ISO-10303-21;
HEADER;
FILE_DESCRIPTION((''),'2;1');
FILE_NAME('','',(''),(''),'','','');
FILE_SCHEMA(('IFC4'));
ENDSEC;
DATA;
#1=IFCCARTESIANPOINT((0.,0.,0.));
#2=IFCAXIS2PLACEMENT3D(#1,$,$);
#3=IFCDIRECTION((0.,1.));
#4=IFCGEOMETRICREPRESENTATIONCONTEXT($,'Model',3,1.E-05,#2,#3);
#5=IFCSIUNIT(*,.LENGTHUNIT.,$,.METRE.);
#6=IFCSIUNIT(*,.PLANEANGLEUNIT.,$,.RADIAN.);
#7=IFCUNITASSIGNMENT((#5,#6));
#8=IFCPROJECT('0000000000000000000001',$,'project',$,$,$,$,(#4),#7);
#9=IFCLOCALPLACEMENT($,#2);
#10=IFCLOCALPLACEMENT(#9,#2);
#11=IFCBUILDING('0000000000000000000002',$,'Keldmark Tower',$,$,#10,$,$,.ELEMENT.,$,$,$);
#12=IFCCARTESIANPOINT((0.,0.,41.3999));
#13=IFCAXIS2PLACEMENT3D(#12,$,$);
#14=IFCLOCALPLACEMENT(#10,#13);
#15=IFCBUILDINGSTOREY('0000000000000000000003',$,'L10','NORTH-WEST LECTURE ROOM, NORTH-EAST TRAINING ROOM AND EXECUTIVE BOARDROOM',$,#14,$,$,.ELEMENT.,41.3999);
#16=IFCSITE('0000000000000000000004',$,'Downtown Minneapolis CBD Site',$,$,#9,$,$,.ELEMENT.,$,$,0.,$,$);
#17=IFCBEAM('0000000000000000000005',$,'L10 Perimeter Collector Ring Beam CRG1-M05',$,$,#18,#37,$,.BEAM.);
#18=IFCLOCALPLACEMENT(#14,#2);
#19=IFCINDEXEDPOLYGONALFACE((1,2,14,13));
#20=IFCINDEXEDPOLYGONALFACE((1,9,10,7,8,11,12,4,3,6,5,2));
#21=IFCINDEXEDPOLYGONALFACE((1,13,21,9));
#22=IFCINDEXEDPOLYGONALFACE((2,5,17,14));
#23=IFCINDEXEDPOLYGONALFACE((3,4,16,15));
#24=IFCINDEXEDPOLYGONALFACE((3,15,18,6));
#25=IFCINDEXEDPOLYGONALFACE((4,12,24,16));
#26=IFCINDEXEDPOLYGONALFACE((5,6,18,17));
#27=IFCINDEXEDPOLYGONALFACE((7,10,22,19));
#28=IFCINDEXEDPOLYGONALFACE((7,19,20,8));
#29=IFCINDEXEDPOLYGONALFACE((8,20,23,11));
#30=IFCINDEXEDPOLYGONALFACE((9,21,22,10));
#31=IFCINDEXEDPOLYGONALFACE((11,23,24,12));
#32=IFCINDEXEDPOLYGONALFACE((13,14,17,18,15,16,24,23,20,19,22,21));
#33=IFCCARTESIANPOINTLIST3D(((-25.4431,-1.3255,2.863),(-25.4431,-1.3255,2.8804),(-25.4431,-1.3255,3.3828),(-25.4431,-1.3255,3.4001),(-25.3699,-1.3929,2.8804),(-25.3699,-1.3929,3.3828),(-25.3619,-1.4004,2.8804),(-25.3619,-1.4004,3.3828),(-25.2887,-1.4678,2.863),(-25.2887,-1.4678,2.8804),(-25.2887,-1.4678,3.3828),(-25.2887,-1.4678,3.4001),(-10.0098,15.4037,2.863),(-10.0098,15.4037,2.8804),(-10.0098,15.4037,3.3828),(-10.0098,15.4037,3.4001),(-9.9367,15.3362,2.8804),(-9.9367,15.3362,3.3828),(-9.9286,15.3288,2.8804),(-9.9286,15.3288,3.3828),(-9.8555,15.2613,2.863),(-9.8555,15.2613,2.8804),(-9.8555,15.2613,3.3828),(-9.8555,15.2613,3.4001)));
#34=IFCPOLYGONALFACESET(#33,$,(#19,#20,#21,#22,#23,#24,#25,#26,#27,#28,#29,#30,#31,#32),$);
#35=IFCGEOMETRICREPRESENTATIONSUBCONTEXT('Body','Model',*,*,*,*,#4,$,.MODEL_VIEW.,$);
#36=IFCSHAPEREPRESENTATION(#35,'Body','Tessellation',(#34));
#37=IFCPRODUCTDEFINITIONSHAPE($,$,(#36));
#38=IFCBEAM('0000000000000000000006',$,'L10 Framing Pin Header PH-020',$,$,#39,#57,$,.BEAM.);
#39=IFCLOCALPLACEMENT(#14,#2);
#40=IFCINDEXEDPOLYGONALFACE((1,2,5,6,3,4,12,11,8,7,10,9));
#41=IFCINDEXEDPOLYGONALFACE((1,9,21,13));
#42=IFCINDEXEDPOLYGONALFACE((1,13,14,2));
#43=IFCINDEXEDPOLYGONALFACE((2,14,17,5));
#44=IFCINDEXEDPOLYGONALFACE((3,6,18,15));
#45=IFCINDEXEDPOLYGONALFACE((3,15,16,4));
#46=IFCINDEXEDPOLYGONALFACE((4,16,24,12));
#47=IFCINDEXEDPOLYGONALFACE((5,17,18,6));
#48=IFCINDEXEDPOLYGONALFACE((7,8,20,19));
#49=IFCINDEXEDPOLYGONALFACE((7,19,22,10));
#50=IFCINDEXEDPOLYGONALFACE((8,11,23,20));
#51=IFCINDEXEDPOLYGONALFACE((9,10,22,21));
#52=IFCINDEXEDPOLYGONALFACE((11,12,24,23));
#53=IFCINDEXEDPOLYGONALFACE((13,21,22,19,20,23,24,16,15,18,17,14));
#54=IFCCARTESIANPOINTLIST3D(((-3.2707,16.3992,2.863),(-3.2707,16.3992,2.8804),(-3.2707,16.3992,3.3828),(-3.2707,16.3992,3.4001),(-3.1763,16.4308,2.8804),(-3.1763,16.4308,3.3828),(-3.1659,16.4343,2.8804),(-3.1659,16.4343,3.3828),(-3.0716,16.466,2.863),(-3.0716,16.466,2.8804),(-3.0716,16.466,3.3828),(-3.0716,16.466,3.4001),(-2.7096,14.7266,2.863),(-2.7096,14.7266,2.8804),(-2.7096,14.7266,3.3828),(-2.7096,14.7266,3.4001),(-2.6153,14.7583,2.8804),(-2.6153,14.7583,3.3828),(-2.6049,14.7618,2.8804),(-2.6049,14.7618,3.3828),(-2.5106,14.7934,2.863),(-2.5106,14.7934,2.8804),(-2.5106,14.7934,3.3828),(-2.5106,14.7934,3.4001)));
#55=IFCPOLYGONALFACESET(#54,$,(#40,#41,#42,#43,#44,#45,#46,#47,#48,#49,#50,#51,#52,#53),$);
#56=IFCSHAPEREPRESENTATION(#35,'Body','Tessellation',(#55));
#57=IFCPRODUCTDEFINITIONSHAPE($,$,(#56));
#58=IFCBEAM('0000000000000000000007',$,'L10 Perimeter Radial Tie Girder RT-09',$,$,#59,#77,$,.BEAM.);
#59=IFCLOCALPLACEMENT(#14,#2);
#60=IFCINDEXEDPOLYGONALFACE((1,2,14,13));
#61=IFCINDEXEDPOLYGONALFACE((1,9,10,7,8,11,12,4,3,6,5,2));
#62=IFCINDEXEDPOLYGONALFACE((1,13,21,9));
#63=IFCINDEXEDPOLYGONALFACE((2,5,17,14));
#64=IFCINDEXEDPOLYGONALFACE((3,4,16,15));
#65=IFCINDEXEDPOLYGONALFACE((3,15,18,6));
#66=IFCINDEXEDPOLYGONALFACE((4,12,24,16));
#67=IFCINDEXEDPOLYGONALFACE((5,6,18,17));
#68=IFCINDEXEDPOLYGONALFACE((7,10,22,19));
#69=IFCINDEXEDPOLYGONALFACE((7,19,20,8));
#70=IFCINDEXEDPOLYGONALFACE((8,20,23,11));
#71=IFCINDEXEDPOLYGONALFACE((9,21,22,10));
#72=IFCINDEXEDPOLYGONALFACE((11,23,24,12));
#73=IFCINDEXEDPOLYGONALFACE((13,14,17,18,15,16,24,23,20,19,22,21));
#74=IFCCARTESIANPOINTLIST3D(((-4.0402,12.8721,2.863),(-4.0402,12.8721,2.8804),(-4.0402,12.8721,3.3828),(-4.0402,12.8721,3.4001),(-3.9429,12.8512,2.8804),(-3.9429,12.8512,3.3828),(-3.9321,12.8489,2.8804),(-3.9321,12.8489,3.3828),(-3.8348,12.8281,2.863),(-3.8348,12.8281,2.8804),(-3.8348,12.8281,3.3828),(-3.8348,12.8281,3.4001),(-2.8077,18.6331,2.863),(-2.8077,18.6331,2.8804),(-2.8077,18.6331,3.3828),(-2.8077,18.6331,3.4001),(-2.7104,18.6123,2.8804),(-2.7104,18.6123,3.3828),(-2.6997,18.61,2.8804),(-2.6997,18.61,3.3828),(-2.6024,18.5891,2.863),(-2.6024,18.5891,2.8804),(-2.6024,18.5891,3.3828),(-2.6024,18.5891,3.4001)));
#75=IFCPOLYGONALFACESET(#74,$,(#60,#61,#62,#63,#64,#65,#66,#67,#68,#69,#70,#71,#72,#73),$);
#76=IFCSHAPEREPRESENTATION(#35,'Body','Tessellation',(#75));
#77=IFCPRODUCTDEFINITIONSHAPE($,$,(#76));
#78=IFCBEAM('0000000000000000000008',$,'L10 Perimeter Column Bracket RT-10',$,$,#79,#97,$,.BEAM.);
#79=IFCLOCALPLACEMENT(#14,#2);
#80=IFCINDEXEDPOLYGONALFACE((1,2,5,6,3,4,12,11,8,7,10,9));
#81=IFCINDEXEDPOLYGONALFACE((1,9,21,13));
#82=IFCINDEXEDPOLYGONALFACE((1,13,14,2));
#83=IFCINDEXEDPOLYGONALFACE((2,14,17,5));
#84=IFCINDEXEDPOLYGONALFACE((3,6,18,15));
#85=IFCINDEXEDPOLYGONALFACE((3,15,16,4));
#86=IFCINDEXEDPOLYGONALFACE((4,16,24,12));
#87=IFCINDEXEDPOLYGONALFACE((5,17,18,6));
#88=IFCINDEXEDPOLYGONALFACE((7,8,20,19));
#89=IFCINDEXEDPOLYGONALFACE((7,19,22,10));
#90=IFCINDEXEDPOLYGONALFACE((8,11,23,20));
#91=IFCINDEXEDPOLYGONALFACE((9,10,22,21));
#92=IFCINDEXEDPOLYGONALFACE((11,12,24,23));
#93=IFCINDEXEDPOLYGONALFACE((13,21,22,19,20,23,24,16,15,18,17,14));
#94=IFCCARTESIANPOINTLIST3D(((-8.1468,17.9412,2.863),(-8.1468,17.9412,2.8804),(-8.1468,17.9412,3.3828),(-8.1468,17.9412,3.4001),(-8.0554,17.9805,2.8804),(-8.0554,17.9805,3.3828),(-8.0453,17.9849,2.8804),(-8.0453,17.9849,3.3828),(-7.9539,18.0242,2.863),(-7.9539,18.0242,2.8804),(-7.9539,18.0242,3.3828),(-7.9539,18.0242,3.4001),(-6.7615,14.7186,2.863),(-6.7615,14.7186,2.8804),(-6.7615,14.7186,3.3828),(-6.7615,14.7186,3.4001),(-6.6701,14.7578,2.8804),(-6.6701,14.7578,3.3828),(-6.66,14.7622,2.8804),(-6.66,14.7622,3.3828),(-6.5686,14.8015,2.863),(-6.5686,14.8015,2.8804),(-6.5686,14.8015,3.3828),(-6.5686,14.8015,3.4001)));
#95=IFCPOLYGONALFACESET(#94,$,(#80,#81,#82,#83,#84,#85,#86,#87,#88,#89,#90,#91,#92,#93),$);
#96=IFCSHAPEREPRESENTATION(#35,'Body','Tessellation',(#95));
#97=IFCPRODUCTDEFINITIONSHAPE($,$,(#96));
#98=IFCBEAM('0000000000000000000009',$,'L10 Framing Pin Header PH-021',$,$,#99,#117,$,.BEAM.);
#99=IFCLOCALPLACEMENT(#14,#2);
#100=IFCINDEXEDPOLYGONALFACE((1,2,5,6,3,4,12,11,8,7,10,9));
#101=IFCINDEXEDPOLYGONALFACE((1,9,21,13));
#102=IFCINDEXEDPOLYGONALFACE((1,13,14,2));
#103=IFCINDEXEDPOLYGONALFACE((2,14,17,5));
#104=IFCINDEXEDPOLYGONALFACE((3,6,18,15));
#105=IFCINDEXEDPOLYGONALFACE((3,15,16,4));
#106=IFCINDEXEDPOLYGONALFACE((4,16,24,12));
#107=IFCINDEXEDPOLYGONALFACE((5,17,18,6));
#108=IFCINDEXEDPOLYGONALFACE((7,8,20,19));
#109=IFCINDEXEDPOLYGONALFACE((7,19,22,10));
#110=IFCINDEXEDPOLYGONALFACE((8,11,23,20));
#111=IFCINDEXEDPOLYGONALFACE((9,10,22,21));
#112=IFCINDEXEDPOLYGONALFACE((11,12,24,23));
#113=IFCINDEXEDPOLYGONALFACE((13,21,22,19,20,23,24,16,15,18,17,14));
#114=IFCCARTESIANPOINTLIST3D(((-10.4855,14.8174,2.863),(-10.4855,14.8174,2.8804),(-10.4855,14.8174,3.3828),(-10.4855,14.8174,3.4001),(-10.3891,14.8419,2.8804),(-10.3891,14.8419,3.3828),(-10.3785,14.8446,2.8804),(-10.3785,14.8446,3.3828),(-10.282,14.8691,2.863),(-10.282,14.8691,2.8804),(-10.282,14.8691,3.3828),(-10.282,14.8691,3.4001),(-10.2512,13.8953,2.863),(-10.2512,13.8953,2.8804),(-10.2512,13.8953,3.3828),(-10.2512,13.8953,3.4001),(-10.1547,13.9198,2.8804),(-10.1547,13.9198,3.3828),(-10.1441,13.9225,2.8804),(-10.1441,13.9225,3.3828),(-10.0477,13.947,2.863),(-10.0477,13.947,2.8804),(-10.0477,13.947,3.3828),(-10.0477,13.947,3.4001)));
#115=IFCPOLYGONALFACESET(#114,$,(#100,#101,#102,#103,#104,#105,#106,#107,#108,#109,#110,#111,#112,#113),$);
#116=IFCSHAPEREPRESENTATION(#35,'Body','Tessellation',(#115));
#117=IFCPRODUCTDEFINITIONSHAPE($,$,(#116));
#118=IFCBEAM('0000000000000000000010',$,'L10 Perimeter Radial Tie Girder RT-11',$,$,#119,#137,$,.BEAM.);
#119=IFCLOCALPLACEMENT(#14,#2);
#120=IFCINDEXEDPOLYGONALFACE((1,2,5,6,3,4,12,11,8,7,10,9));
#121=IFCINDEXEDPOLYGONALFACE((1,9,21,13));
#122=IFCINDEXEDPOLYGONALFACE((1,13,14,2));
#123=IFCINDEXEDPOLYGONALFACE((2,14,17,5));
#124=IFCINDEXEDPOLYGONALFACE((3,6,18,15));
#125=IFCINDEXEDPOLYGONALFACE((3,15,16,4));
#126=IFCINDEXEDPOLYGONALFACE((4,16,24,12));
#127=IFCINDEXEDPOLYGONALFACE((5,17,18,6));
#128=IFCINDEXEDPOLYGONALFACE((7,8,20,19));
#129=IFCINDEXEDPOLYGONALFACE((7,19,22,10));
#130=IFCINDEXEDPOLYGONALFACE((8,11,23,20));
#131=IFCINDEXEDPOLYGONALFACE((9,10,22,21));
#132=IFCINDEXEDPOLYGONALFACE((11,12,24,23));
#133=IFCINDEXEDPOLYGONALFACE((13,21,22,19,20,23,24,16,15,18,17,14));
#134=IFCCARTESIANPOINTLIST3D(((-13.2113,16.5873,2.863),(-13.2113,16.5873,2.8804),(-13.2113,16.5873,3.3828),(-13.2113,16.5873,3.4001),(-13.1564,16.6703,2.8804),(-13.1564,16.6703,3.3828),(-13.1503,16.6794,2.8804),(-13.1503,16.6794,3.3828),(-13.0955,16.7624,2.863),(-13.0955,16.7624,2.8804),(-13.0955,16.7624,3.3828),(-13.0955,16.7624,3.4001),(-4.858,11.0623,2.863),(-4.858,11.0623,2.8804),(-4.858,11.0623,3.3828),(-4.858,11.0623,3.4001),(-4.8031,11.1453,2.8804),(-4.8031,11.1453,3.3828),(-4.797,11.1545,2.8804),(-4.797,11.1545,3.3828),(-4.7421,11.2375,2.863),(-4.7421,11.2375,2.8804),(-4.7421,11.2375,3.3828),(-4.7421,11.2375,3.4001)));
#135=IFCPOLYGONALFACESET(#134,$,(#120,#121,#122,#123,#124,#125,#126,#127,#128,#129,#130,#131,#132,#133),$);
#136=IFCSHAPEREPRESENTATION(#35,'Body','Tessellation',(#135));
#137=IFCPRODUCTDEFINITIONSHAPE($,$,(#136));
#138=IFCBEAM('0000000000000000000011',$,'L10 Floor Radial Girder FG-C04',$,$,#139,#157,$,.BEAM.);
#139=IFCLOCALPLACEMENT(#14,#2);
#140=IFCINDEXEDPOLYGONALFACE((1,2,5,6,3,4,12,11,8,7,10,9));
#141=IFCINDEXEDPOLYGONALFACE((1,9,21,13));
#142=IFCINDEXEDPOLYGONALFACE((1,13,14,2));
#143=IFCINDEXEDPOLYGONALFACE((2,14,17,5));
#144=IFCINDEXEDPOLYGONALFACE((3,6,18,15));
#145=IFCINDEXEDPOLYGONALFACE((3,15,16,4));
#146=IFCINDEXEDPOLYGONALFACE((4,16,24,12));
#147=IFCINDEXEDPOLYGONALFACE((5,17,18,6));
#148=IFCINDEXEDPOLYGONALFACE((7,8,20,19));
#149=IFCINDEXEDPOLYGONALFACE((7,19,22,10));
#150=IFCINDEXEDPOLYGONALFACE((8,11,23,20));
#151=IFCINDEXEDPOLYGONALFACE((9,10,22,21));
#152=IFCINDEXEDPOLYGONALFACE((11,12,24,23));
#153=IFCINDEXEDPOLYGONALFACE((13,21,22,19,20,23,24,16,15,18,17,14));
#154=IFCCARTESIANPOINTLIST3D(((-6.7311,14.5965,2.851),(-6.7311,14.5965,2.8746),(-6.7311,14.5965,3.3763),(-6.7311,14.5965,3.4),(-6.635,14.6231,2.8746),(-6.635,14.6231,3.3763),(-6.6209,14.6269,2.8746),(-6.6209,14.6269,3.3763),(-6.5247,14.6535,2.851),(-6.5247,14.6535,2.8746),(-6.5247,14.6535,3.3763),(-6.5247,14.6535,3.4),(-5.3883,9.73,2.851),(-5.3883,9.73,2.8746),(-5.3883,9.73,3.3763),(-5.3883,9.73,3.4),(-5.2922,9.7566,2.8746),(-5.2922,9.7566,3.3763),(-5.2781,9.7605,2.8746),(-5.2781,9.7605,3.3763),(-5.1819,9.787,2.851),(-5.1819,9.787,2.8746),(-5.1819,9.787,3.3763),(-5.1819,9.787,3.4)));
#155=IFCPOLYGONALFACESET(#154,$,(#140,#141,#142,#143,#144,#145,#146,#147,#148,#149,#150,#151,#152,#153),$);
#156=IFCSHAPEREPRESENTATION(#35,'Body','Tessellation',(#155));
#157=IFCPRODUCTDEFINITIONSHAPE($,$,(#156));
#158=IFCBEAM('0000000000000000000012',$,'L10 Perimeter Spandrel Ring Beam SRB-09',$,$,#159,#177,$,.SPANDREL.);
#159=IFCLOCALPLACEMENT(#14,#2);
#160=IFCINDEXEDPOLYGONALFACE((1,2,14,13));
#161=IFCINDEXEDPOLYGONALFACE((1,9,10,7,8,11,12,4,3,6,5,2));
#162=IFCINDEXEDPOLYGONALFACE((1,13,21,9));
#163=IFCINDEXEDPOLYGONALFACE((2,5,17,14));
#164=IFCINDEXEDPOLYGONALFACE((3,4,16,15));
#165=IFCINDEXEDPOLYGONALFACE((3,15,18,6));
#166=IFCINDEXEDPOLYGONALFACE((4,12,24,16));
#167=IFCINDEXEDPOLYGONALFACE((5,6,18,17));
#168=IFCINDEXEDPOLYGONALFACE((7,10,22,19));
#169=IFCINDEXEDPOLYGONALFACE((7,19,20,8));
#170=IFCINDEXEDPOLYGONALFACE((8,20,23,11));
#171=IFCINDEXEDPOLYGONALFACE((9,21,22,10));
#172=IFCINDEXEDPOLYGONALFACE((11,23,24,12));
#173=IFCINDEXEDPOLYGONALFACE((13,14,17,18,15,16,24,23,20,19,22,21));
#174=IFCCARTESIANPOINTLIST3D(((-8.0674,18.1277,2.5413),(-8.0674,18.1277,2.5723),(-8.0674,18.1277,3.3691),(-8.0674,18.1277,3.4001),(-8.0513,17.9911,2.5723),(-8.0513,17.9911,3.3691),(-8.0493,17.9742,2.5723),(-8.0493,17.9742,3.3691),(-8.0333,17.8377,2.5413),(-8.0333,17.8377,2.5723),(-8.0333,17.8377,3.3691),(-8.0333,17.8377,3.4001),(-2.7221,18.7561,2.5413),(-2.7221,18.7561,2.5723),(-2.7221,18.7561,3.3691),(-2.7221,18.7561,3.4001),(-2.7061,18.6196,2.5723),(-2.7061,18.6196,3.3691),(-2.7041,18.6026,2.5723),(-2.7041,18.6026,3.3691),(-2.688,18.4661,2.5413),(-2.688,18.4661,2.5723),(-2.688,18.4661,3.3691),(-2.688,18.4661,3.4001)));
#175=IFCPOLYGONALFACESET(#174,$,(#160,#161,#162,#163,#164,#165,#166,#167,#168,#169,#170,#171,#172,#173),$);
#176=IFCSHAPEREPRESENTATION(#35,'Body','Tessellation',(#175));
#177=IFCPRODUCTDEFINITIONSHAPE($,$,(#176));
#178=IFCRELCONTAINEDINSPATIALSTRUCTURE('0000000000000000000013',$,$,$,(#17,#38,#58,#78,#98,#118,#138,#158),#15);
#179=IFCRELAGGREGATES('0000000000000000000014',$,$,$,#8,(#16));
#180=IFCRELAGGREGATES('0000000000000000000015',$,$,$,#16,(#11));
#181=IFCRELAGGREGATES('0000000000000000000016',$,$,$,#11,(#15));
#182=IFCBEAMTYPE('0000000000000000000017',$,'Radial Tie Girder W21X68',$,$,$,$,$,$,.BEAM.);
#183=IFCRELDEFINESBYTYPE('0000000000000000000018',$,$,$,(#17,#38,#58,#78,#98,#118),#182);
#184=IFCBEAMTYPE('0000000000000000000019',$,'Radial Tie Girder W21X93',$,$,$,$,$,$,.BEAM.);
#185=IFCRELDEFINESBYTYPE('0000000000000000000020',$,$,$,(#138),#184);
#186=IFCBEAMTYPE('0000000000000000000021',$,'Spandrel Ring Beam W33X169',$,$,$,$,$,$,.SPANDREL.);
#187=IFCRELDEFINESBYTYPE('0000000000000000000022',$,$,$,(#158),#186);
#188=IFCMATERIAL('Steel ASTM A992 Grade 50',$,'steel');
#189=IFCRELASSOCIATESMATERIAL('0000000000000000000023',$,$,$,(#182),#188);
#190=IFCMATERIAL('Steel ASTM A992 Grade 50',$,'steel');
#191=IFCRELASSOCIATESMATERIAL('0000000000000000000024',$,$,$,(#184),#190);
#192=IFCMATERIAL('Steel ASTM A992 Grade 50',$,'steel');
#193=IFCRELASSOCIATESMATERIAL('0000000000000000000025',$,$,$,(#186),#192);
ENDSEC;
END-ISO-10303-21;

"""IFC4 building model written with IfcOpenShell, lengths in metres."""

from ifc_helpers import new_model, si_unit, direction, frame, origin, origin_2d, place, context, subcontext, project, spatial, i_section, extrude, material, material_profile, profile_set, type_object, element, save


model = new_model("IFC4")

# Units and contexts
model_context = context("Model", 3, precision=1e-05, world=origin(), true_north=direction((0.0, 1.0)))
body_context = subcontext(model_context, "Body", "Model", "MODEL_VIEW")
ifc_project = project(units=[si_unit("LENGTHUNIT", "METRE"), si_unit("PLANEANGLEUNIT", "RADIAN")], contexts=[model_context])

# Site, building, storey
site_placement = place(None, origin())
site = spatial("IfcSite", under=ifc_project, at=site_placement, Name="Downtown Minneapolis CBD Site", CompositionType="ELEMENT", RefElevation=0.0)
building_placement = place(site_placement, origin())
building = spatial("IfcBuilding", under=site, at=building_placement, Name="Keldmark Tower", CompositionType="ELEMENT")
storey_placement = place(building_placement, frame((0.0, 0.0, 41.3999)))
storey = spatial("IfcBuildingStorey", under=building, at=storey_placement, Name="L10", Description="NORTH-WEST LECTURE ROOM, NORTH-EAST TRAINING ROOM AND EXECUTIVE BOARDROOM", CompositionType="ELEMENT", Elevation=41.3999)

# Beams
ifc_material_1 = material(Name="Steel ASTM A992 Grade 50", Category="steel")
ifc_material_profile_1 = material_profile(ifc_material_1, i_section(OverallWidth=0.21, OverallDepth=0.5371, WebThickness=0.011, FlangeThickness=0.0173, at=origin_2d()), Name="W21X68")
ifc_profile_set_1 = profile_set([ifc_material_profile_1], Name="Steel ASTM A992 Grade 50")
beam_type_1 = type_object("IfcBeamType", Name="Radial Tie Girder W21X68", PredefinedType="BEAM", material=ifc_profile_set_1)
beam_1_placement = place(storey_placement, frame((-9.9326, 15.3325, 3.1316), z_axis=(-0.678066, -0.735001, 0.0), x_axis=(0.735001, -0.678066, 0.0)))
element("IfcBeam", 1, at=beam_1_placement, inside=storey, type_object=beam_type_1, Name="L10 Perimeter Collector Ring Beam CRG1-M05", PredefinedType="BEAM", context=body_context, shape_type="SweptSolid", body=[
    extrude(i_section(OverallWidth=0.21, OverallDepth=0.5371, WebThickness=0.011, FlangeThickness=0.0173, at=origin_2d()), origin(), (0.0, 0.0, 1.0), 22.7607),
])
beam_2_placement = place(storey_placement, frame((-2.6101, 14.76, 3.1316), z_axis=(-0.318012, 0.948087, 0.0), x_axis=(-0.948087, -0.318012, 0.0)))
element("IfcBeam", 2, at=beam_2_placement, inside=storey, type_object=beam_type_1, Name="L10 Framing Pin Header PH-020", PredefinedType="BEAM", context=body_context, shape_type="SweptSolid", body=[
    extrude(i_section(OverallWidth=0.21, OverallDepth=0.5371, WebThickness=0.011, FlangeThickness=0.0173, at=origin_2d()), origin(), (0.0, 0.0, 1.0), 1.7642),
])
beam_3_placement = place(storey_placement, frame((-3.9375, 12.8501, 3.1316), z_axis=(0.209192, 0.977875, 0.0), x_axis=(-0.977875, 0.209192, 0.0)))
element("IfcBeam", 3, at=beam_3_placement, inside=storey, type_object=beam_type_1, Name="L10 Perimeter Radial Tie Girder RT-09", PredefinedType="BEAM", context=body_context, shape_type="SweptSolid", body=[
    extrude(i_section(OverallWidth=0.21, OverallDepth=0.5371, WebThickness=0.011, FlangeThickness=0.0173, at=origin_2d()), origin(), (0.0, 0.0, 1.0), 5.8914),
])
beam_4_placement = place(storey_placement, frame((-6.665, 14.76, 3.1316), z_axis=(-0.39491, 0.91872, 0.0), x_axis=(-0.91872, -0.39491, 0.0)))
element("IfcBeam", 4, at=beam_4_placement, inside=storey, type_object=beam_type_1, Name="L10 Perimeter Column Bracket RT-10", PredefinedType="BEAM", context=body_context, shape_type="SweptSolid", body=[
    extrude(i_section(OverallWidth=0.21, OverallDepth=0.5371, WebThickness=0.011, FlangeThickness=0.0173, at=origin_2d()), origin(), (0.0, 0.0, 1.0), 3.5078),
])
beam_5_placement = place(storey_placement, frame((-10.1494, 13.9211, 3.1316), z_axis=(-0.246338, 0.969184, 0.0), x_axis=(-0.969184, -0.246338, 0.0)))
element("IfcBeam", 5, at=beam_5_placement, inside=storey, type_object=beam_type_1, Name="L10 Framing Pin Header PH-021", PredefinedType="BEAM", context=body_context, shape_type="SweptSolid", body=[
    extrude(i_section(OverallWidth=0.21, OverallDepth=0.5371, WebThickness=0.011, FlangeThickness=0.0173, at=origin_2d()), origin(), (0.0, 0.0, 1.0), 0.9514),
])
beam_6_placement = place(storey_placement, frame((-4.8, 11.1499, 3.1316), z_axis=(-0.83407, 0.551659, 0.0), x_axis=(-0.551659, -0.83407, 0.0)))
element("IfcBeam", 6, at=beam_6_placement, inside=storey, type_object=beam_type_1, Name="L10 Perimeter Radial Tie Girder RT-11", PredefinedType="BEAM", context=body_context, shape_type="SweptSolid", body=[
    extrude(i_section(OverallWidth=0.21, OverallDepth=0.5371, WebThickness=0.011, FlangeThickness=0.0173, at=origin_2d()), origin(), (0.0, 0.0, 1.0), 10.0151),
])
ifc_material_2 = material(Name="Steel ASTM A992 Grade 50", Category="steel")
ifc_material_profile_2 = material_profile(ifc_material_2, i_section(OverallWidth=0.2141, OverallDepth=0.5491, WebThickness=0.0146, FlangeThickness=0.0237, at=origin_2d()), Name="W21X93")
ifc_profile_set_2 = profile_set([ifc_material_profile_2], Name="Steel ASTM A992 Grade 50")
beam_type_2 = type_object("IfcBeamType", Name="Radial Tie Girder W21X93", PredefinedType="BEAM", material=ifc_profile_set_2)
beam_7_placement = place(storey_placement, frame((-6.6279, 14.625, 3.1255), z_axis=(0.265985, -0.963977, 0.0), x_axis=(0.963977, 0.265985, 0.0)))
element("IfcBeam", 7, at=beam_7_placement, inside=storey, type_object=beam_type_2, Name="L10 Floor Radial Girder FG-C04", PredefinedType="BEAM", context=body_context, shape_type="SweptSolid", body=[
    extrude(i_section(OverallWidth=0.2141, OverallDepth=0.5491, WebThickness=0.0146, FlangeThickness=0.0237, at=origin_2d()), origin(), (0.0, 0.0, 1.0), 5.0483),
])
ifc_material_3 = material(Name="Steel ASTM A992 Grade 50", Category="steel")
ifc_material_profile_3 = material_profile(ifc_material_3, i_section(OverallWidth=0.292, OverallDepth=0.8589, WebThickness=0.0171, FlangeThickness=0.031, at=origin_2d()), Name="W33X169")
ifc_profile_set_3 = profile_set([ifc_material_profile_3], Name="Steel ASTM A992 Grade 50")
beam_type_3 = type_object("IfcBeamType", Name="Spandrel Ring Beam W33X169", PredefinedType="SPANDREL", material=ifc_profile_set_3)
beam_8_placement = place(storey_placement, frame((-2.7051, 18.6111, 2.9707), z_axis=(-0.99316, -0.116762, 0.0), x_axis=(0.116762, -0.99316, 0.0)))
element("IfcBeam", 8, at=beam_8_placement, inside=storey, type_object=beam_type_3, Name="L10 Perimeter Spandrel Ring Beam SRB-09", PredefinedType="SPANDREL", context=body_context, shape_type="SweptSolid", body=[
    extrude(i_section(OverallWidth=0.292, OverallDepth=0.8589, WebThickness=0.0171, FlangeThickness=0.031, at=origin_2d()), origin(), (0.0, 0.0, 1.0), 5.3821),
])

save(model, "model.ifc")
